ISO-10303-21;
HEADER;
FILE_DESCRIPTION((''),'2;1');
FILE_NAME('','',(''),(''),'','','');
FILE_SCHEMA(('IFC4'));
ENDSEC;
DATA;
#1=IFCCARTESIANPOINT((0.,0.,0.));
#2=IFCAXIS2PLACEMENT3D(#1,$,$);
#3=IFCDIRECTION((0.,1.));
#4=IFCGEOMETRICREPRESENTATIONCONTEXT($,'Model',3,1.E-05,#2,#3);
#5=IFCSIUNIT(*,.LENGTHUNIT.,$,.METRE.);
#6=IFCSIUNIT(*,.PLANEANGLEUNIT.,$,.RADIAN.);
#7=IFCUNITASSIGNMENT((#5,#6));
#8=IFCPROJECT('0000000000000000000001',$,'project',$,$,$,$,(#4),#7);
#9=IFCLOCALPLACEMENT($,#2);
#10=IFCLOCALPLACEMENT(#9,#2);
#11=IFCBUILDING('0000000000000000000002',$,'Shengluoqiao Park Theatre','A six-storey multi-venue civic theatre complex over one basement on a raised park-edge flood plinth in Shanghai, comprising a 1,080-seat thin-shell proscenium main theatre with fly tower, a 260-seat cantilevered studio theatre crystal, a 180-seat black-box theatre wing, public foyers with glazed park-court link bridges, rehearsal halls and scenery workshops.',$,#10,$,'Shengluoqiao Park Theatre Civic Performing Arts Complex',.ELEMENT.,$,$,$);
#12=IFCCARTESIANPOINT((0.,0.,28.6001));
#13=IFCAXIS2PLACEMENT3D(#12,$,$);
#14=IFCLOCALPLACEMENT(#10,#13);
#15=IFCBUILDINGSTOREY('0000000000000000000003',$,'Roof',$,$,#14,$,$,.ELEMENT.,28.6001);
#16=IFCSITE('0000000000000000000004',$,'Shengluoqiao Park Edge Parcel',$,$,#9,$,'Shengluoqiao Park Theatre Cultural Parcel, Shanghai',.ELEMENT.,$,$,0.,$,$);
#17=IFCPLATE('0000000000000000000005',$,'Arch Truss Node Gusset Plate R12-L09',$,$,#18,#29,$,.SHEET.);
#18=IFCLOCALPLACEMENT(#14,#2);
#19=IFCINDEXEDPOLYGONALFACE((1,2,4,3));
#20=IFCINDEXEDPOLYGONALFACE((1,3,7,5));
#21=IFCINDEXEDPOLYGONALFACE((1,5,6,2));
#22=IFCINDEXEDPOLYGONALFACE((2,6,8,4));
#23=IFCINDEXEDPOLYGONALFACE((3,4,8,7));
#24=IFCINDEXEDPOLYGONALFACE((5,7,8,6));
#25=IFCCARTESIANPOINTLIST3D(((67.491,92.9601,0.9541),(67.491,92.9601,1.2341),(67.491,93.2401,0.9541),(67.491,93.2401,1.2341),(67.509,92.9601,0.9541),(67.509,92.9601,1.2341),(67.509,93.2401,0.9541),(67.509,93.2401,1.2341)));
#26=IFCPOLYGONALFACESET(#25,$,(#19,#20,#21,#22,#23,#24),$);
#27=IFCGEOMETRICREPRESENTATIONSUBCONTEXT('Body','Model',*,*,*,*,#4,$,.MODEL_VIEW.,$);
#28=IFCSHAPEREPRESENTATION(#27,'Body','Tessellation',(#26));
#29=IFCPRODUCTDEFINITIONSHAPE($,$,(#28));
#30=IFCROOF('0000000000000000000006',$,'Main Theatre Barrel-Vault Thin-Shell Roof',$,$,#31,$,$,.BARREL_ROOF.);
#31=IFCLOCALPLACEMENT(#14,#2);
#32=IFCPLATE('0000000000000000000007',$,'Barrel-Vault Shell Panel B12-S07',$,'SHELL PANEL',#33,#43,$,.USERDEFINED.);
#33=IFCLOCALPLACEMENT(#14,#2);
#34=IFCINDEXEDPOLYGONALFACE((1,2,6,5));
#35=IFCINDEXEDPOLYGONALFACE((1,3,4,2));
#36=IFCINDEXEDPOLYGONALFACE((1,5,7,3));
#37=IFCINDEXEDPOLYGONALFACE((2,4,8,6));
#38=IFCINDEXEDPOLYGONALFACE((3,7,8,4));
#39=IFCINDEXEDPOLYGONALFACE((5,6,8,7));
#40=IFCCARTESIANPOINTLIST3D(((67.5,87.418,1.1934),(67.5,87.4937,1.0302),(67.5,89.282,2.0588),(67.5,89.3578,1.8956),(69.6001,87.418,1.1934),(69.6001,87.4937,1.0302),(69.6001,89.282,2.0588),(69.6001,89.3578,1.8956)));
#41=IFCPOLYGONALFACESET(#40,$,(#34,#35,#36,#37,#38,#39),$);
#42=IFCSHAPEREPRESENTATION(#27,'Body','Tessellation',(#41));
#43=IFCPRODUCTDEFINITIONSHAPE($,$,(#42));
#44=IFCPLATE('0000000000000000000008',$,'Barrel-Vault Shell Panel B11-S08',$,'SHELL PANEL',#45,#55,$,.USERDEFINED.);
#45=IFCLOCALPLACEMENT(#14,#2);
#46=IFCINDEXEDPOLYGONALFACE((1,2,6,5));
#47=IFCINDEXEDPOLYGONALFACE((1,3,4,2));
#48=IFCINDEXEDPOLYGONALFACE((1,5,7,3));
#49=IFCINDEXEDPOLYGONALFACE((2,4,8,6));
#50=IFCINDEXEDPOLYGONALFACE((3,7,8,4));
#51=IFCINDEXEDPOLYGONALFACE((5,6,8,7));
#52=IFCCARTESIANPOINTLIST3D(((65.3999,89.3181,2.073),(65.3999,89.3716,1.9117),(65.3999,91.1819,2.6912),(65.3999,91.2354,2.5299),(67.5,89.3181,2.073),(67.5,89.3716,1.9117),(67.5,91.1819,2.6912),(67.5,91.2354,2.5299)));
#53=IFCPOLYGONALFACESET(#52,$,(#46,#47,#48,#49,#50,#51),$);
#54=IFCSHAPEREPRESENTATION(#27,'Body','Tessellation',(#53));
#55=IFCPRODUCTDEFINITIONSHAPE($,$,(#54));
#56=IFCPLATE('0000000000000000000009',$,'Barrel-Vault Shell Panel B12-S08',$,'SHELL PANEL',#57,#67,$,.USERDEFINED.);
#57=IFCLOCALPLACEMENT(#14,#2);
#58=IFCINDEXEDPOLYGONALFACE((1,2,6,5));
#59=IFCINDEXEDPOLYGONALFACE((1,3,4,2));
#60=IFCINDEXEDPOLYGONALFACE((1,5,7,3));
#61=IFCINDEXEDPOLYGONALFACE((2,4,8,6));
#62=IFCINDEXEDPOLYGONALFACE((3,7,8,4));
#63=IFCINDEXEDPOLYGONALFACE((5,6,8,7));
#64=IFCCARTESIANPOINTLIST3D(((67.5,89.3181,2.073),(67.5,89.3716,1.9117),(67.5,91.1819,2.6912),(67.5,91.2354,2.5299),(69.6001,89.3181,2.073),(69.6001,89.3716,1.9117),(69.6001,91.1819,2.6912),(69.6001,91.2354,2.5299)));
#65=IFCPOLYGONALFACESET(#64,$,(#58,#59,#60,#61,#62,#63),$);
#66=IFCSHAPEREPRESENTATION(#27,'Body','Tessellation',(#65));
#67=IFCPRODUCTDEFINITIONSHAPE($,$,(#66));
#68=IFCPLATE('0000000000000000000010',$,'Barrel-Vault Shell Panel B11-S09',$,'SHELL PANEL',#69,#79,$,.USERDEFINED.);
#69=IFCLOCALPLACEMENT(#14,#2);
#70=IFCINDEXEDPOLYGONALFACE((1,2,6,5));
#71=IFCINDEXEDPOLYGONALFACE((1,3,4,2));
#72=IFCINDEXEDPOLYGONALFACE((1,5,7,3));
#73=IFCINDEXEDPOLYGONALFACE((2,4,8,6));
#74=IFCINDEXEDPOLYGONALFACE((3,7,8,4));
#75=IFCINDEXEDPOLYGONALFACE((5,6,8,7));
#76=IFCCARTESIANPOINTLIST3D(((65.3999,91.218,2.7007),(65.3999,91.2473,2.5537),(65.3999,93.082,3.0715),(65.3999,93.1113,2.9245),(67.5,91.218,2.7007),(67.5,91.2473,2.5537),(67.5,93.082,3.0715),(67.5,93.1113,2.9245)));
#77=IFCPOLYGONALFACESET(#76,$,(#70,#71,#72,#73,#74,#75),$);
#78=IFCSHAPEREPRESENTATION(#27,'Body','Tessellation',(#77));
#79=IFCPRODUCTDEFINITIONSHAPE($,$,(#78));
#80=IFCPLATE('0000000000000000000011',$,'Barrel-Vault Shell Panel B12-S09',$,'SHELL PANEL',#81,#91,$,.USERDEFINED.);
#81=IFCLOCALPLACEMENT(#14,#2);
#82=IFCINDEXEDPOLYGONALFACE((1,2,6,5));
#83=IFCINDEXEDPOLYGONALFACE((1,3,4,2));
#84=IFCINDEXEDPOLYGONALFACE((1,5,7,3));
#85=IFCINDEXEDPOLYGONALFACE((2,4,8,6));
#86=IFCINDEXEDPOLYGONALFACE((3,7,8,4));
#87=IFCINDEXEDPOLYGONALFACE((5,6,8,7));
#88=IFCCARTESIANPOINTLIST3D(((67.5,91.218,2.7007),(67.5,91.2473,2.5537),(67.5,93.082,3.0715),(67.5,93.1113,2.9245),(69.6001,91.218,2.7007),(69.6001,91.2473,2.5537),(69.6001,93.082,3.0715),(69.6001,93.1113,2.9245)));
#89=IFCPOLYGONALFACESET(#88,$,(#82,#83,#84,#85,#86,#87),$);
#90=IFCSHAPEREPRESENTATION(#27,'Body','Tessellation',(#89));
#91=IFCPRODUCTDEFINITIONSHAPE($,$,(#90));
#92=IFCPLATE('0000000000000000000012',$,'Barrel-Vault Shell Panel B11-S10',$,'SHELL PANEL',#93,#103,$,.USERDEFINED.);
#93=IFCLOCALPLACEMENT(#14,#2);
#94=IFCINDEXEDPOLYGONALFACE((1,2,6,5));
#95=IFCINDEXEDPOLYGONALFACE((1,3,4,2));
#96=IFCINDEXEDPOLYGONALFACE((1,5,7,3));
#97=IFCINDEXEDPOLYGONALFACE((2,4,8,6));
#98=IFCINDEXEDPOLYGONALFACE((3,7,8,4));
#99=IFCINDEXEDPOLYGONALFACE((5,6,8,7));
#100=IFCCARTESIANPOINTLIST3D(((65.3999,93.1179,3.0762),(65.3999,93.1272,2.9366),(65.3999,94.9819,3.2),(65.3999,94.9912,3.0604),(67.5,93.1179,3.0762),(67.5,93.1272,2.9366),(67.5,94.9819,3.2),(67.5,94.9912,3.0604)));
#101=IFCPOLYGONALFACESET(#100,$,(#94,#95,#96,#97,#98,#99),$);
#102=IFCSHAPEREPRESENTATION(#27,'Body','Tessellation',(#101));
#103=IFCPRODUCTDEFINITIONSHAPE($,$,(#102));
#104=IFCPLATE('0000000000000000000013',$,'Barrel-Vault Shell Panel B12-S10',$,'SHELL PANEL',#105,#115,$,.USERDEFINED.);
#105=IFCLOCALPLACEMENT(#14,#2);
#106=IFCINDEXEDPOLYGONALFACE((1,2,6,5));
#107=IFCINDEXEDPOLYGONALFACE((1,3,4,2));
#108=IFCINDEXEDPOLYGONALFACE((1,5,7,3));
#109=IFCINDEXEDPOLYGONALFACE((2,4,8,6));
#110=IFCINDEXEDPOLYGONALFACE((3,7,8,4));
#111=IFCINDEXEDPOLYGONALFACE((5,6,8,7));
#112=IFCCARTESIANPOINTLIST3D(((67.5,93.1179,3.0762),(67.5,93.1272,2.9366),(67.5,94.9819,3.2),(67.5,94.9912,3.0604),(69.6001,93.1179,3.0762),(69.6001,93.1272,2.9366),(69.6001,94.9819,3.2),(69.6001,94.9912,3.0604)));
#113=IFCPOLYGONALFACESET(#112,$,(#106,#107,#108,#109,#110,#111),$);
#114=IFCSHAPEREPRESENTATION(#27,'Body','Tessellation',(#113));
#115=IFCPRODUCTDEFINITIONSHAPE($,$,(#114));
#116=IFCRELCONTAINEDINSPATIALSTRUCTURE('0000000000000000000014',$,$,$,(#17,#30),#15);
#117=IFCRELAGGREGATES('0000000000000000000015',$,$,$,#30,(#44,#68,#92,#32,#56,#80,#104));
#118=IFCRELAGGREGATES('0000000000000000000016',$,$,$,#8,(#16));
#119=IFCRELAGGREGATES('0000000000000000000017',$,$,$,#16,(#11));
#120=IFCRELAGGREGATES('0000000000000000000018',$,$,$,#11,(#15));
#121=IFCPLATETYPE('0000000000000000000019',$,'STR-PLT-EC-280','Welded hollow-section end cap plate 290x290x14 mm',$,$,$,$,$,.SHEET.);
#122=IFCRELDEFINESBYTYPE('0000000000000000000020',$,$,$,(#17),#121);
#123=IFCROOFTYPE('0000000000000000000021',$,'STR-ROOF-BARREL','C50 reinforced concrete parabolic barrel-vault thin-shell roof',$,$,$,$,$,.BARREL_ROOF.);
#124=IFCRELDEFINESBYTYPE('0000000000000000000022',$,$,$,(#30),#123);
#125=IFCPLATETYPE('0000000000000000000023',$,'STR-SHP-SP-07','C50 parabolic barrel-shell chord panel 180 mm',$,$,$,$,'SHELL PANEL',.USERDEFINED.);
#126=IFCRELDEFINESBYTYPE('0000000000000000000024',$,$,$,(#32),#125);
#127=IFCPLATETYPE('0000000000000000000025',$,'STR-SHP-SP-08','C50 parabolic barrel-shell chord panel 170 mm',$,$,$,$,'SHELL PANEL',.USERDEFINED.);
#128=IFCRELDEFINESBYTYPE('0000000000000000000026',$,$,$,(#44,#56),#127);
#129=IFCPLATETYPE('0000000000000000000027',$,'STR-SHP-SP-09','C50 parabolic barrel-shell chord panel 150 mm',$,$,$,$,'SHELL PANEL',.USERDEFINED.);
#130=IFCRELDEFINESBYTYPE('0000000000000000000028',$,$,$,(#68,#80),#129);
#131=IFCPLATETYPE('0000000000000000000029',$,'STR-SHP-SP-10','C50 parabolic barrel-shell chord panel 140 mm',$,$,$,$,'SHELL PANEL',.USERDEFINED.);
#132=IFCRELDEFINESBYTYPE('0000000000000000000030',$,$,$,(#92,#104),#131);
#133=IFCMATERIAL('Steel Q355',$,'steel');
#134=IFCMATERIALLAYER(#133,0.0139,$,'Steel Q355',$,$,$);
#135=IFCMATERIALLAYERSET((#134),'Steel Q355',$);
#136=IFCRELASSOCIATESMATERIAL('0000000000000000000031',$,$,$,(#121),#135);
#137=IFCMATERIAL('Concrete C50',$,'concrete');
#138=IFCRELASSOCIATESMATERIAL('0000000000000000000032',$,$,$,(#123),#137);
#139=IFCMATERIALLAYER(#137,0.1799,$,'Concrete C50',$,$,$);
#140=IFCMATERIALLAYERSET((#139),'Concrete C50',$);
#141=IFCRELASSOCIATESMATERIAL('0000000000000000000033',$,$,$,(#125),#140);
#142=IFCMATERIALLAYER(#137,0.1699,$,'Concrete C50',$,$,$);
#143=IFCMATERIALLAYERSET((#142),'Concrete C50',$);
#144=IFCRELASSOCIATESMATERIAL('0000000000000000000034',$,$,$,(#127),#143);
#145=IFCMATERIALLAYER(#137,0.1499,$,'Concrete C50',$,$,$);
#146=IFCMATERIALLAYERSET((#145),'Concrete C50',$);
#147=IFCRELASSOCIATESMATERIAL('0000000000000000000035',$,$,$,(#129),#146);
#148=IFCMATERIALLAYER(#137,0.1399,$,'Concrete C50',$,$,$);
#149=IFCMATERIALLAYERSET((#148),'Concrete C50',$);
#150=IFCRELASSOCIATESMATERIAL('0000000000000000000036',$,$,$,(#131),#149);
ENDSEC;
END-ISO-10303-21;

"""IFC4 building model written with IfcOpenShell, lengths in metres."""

from ifc_helpers import new_model, si_unit, direction, frame, origin, origin_2d, place, context, subcontext, project, spatial, polyline, rectangle, outline, extrude, material, layer, layer_set, type_object, element, aggregate, save


model = new_model("IFC4")

# Units and contexts
model_context = context("Model", 3, precision=1e-05, world=origin(), true_north=direction((0.0, 1.0)))
body_context = subcontext(model_context, "Body", "Model", "MODEL_VIEW")
ifc_project = project(units=[si_unit("LENGTHUNIT", "METRE"), si_unit("PLANEANGLEUNIT", "RADIAN")], contexts=[model_context])

# Site, building, storey
site_placement = place(None, origin())
site = spatial("IfcSite", under=ifc_project, at=site_placement, Name="Shengluoqiao Park Edge Parcel", LongName="Shengluoqiao Park Theatre Cultural Parcel, Shanghai", CompositionType="ELEMENT", RefElevation=0.0)
building_placement = place(site_placement, origin())
building = spatial("IfcBuilding", under=site, at=building_placement, Name="Shengluoqiao Park Theatre", Description="A six-storey multi-venue civic theatre complex over one basement on a raised park-edge flood plinth in Shanghai, comprising a 1,080-seat thin-shell proscenium main theatre with fly tower, a 260-seat cantilevered studio theatre crystal, a 180-seat black-box theatre wing, public foyers with glazed park-court link bridges, rehearsal halls and scenery workshops.", LongName="Shengluoqiao Park Theatre Civic Performing Arts Complex", CompositionType="ELEMENT")
storey_placement = place(building_placement, frame((0.0, 0.0, 28.6001)))
storey = spatial("IfcBuildingStorey", under=building, at=storey_placement, Name="Roof", CompositionType="ELEMENT", Elevation=28.6001)

# Shared definitions
ifc_material_1 = material(Name="Concrete C50", Category="concrete")
ifc_material_2 = material(Name="Steel Q355", Category="steel")

# Plate
ifc_layer_1 = layer(ifc_material_2, 0.0139, Name="Steel Q355")
ifc_layer_set_1 = layer_set([ifc_layer_1], Name="Steel Q355")
plate_type_1 = type_object("IfcPlateType", Name="STR-PLT-EC-280", Description="Welded hollow-section end cap plate 290x290x14 mm", PredefinedType="SHEET", material=ifc_layer_set_1)
for number, where, z_axis, x_axis, name in (
    (1, (67.5, 93.1001, 0.9541), (0.0, 0.0, 1.0), (1.0, 0.0, 0.0), "Arch Truss Node Gusset Plate R12-L09"),
):
    element("IfcPlate", number, at=place(storey_placement, frame(where, z_axis=z_axis, x_axis=x_axis)), inside=storey, type_object=plate_type_1, Name=name, PredefinedType="SHEET", context=body_context, shape_type="SweptSolid", body=[
        extrude(rectangle(XDim=0.0181, YDim=0.28, at=origin_2d()), origin(), (0.0, 0.0, 1.0), 0.28),
    ])

# Roof, plates
roof_type = type_object("IfcRoofType", Name="STR-ROOF-BARREL", Description="C50 reinforced concrete parabolic barrel-vault thin-shell roof", PredefinedType="BARREL_ROOF", material=ifc_material_1)
roof_placement = place(storey_placement, origin())
roof = element("IfcRoof", 2, at=roof_placement, inside=storey, type_object=roof_type, Name="Main Theatre Barrel-Vault Thin-Shell Roof", PredefinedType="BARREL_ROOF")
ifc_layer_2 = layer(ifc_material_1, 0.1799, Name="Concrete C50")
ifc_layer_set_2 = layer_set([ifc_layer_2], Name="Concrete C50")
plate_type_2 = type_object("IfcPlateType", Name="STR-SHP-SP-07", Description="C50 parabolic barrel-shell chord panel 180 mm", ElementType="SHELL PANEL", PredefinedType="USERDEFINED", material=ifc_layer_set_2)
plate_1_placement = place(storey_placement, frame((67.5, 87.418, 1.1934), z_axis=(0.0, -0.421129, 0.907001), x_axis=(1.0, 0.0, 0.0)))
plate_1 = element("IfcPlate", 3, at=plate_1_placement, type_object=plate_type_2, Name="Barrel-Vault Shell Panel B12-S07", ObjectType="SHELL PANEL", PredefinedType="USERDEFINED", context=body_context, shape_type="SweptSolid", body=[
    extrude(outline(polyline([(0.0, 0.0), (2.1001, 0.0), (2.1001, 2.0551), (0.0, 2.0551), (0.0, 0.0)])), origin(), (0.0, 0.0, -1.0), 0.1799),
])
ifc_layer_3 = layer(ifc_material_1, 0.1699, Name="Concrete C50")
ifc_layer_set_3 = layer_set([ifc_layer_3], Name="Concrete C50")
plate_type_3 = type_object("IfcPlateType", Name="STR-SHP-SP-08", Description="C50 parabolic barrel-shell chord panel 170 mm", ElementType="SHELL PANEL", PredefinedType="USERDEFINED", material=ifc_layer_set_3)
plate_2_placement = place(storey_placement, frame((65.3999, 89.3181, 2.073), z_axis=(0.0, -0.31481, 0.949155), x_axis=(1.0, 0.0, 0.0)))
plate_2 = element("IfcPlate", 4, at=plate_2_placement, type_object=plate_type_3, Name="Barrel-Vault Shell Panel B11-S08", ObjectType="SHELL PANEL", PredefinedType="USERDEFINED", context=body_context, shape_type="SweptSolid", body=[
    extrude(outline(polyline([(0.0, 0.0), (2.1001, 0.0), (2.1001, 1.9636), (0.0, 1.9636), (0.0, 0.0)])), origin(), (0.0, 0.0, -1.0), 0.1699),
])
plate_3_placement = place(storey_placement, frame((67.5, 89.3181, 2.073), z_axis=(0.0, -0.31481, 0.949155), x_axis=(1.0, 0.0, 0.0)))
plate_3 = element("IfcPlate", 5, at=plate_3_placement, type_object=plate_type_3, Name="Barrel-Vault Shell Panel B12-S08", ObjectType="SHELL PANEL", PredefinedType="USERDEFINED", context=body_context, shape_type="SweptSolid", body=[
    extrude(outline(polyline([(0.0, 0.0), (2.1001, 0.0), (2.1001, 1.9636), (0.0, 1.9636), (0.0, 0.0)])), origin(), (0.0, 0.0, -1.0), 0.1699),
])
ifc_layer_4 = layer(ifc_material_1, 0.1499, Name="Concrete C50")
ifc_layer_set_4 = layer_set([ifc_layer_4], Name="Concrete C50")
plate_type_4 = type_object("IfcPlateType", Name="STR-SHP-SP-09", Description="C50 parabolic barrel-shell chord panel 150 mm", ElementType="SHELL PANEL", PredefinedType="USERDEFINED", material=ifc_layer_set_4)
plate_4_placement = place(storey_placement, frame((65.3999, 91.218, 2.7007), z_axis=(0.0, -0.195128, 0.980778), x_axis=(1.0, 0.0, 0.0)))
plate_4 = element("IfcPlate", 6, at=plate_4_placement, type_object=plate_type_4, Name="Barrel-Vault Shell Panel B11-S09", ObjectType="SHELL PANEL", PredefinedType="USERDEFINED", context=body_context, shape_type="SweptSolid", body=[
    extrude(outline(polyline([(0.0, 0.0), (2.1001, 0.0), (2.1001, 1.9005), (0.0, 1.9005), (0.0, 0.0)])), origin(), (0.0, 0.0, -1.0), 0.1499),
])
plate_5_placement = place(storey_placement, frame((67.5, 91.218, 2.7007), z_axis=(0.0, -0.195128, 0.980778), x_axis=(1.0, 0.0, 0.0)))
plate_5 = element("IfcPlate", 7, at=plate_5_placement, type_object=plate_type_4, Name="Barrel-Vault Shell Panel B12-S09", ObjectType="SHELL PANEL", PredefinedType="USERDEFINED", context=body_context, shape_type="SweptSolid", body=[
    extrude(outline(polyline([(0.0, 0.0), (2.1001, 0.0), (2.1001, 1.9005), (0.0, 1.9005), (0.0, 0.0)])), origin(), (0.0, 0.0, -1.0), 0.1499),
])
ifc_layer_5 = layer(ifc_material_1, 0.1399, Name="Concrete C50")
ifc_layer_set_5 = layer_set([ifc_layer_5], Name="Concrete C50")
plate_type_5 = type_object("IfcPlateType", Name="STR-SHP-SP-10", Description="C50 parabolic barrel-shell chord panel 140 mm", ElementType="SHELL PANEL", PredefinedType="USERDEFINED", material=ifc_layer_set_5)
plate_6_placement = place(storey_placement, frame((65.3999, 93.1179, 3.0762), z_axis=(0.0, -0.066259, 0.997802), x_axis=(1.0, 0.0, 0.0)))
plate_6 = element("IfcPlate", 8, at=plate_6_placement, type_object=plate_type_5, Name="Barrel-Vault Shell Panel B11-S10", ObjectType="SHELL PANEL", PredefinedType="USERDEFINED", context=body_context, shape_type="SweptSolid", body=[
    extrude(outline(polyline([(0.0, 0.0), (2.1001, 0.0), (2.1001, 1.8681), (0.0, 1.8681), (0.0, 0.0)])), origin(), (0.0, 0.0, -1.0), 0.1399),
])
plate_7_placement = place(storey_placement, frame((67.5, 93.1179, 3.0762), z_axis=(0.0, -0.066259, 0.997802), x_axis=(1.0, 0.0, 0.0)))
plate_7 = element("IfcPlate", 9, at=plate_7_placement, type_object=plate_type_5, Name="Barrel-Vault Shell Panel B12-S10", ObjectType="SHELL PANEL", PredefinedType="USERDEFINED", context=body_context, shape_type="SweptSolid", body=[
    extrude(outline(polyline([(0.0, 0.0), (2.1001, 0.0), (2.1001, 1.8681), (0.0, 1.8681), (0.0, 0.0)])), origin(), (0.0, 0.0, -1.0), 0.1399),
])
aggregate(roof, [plate_2, plate_4, plate_6, plate_1, plate_3, plate_5, plate_7])

save(model, "model.ifc")
